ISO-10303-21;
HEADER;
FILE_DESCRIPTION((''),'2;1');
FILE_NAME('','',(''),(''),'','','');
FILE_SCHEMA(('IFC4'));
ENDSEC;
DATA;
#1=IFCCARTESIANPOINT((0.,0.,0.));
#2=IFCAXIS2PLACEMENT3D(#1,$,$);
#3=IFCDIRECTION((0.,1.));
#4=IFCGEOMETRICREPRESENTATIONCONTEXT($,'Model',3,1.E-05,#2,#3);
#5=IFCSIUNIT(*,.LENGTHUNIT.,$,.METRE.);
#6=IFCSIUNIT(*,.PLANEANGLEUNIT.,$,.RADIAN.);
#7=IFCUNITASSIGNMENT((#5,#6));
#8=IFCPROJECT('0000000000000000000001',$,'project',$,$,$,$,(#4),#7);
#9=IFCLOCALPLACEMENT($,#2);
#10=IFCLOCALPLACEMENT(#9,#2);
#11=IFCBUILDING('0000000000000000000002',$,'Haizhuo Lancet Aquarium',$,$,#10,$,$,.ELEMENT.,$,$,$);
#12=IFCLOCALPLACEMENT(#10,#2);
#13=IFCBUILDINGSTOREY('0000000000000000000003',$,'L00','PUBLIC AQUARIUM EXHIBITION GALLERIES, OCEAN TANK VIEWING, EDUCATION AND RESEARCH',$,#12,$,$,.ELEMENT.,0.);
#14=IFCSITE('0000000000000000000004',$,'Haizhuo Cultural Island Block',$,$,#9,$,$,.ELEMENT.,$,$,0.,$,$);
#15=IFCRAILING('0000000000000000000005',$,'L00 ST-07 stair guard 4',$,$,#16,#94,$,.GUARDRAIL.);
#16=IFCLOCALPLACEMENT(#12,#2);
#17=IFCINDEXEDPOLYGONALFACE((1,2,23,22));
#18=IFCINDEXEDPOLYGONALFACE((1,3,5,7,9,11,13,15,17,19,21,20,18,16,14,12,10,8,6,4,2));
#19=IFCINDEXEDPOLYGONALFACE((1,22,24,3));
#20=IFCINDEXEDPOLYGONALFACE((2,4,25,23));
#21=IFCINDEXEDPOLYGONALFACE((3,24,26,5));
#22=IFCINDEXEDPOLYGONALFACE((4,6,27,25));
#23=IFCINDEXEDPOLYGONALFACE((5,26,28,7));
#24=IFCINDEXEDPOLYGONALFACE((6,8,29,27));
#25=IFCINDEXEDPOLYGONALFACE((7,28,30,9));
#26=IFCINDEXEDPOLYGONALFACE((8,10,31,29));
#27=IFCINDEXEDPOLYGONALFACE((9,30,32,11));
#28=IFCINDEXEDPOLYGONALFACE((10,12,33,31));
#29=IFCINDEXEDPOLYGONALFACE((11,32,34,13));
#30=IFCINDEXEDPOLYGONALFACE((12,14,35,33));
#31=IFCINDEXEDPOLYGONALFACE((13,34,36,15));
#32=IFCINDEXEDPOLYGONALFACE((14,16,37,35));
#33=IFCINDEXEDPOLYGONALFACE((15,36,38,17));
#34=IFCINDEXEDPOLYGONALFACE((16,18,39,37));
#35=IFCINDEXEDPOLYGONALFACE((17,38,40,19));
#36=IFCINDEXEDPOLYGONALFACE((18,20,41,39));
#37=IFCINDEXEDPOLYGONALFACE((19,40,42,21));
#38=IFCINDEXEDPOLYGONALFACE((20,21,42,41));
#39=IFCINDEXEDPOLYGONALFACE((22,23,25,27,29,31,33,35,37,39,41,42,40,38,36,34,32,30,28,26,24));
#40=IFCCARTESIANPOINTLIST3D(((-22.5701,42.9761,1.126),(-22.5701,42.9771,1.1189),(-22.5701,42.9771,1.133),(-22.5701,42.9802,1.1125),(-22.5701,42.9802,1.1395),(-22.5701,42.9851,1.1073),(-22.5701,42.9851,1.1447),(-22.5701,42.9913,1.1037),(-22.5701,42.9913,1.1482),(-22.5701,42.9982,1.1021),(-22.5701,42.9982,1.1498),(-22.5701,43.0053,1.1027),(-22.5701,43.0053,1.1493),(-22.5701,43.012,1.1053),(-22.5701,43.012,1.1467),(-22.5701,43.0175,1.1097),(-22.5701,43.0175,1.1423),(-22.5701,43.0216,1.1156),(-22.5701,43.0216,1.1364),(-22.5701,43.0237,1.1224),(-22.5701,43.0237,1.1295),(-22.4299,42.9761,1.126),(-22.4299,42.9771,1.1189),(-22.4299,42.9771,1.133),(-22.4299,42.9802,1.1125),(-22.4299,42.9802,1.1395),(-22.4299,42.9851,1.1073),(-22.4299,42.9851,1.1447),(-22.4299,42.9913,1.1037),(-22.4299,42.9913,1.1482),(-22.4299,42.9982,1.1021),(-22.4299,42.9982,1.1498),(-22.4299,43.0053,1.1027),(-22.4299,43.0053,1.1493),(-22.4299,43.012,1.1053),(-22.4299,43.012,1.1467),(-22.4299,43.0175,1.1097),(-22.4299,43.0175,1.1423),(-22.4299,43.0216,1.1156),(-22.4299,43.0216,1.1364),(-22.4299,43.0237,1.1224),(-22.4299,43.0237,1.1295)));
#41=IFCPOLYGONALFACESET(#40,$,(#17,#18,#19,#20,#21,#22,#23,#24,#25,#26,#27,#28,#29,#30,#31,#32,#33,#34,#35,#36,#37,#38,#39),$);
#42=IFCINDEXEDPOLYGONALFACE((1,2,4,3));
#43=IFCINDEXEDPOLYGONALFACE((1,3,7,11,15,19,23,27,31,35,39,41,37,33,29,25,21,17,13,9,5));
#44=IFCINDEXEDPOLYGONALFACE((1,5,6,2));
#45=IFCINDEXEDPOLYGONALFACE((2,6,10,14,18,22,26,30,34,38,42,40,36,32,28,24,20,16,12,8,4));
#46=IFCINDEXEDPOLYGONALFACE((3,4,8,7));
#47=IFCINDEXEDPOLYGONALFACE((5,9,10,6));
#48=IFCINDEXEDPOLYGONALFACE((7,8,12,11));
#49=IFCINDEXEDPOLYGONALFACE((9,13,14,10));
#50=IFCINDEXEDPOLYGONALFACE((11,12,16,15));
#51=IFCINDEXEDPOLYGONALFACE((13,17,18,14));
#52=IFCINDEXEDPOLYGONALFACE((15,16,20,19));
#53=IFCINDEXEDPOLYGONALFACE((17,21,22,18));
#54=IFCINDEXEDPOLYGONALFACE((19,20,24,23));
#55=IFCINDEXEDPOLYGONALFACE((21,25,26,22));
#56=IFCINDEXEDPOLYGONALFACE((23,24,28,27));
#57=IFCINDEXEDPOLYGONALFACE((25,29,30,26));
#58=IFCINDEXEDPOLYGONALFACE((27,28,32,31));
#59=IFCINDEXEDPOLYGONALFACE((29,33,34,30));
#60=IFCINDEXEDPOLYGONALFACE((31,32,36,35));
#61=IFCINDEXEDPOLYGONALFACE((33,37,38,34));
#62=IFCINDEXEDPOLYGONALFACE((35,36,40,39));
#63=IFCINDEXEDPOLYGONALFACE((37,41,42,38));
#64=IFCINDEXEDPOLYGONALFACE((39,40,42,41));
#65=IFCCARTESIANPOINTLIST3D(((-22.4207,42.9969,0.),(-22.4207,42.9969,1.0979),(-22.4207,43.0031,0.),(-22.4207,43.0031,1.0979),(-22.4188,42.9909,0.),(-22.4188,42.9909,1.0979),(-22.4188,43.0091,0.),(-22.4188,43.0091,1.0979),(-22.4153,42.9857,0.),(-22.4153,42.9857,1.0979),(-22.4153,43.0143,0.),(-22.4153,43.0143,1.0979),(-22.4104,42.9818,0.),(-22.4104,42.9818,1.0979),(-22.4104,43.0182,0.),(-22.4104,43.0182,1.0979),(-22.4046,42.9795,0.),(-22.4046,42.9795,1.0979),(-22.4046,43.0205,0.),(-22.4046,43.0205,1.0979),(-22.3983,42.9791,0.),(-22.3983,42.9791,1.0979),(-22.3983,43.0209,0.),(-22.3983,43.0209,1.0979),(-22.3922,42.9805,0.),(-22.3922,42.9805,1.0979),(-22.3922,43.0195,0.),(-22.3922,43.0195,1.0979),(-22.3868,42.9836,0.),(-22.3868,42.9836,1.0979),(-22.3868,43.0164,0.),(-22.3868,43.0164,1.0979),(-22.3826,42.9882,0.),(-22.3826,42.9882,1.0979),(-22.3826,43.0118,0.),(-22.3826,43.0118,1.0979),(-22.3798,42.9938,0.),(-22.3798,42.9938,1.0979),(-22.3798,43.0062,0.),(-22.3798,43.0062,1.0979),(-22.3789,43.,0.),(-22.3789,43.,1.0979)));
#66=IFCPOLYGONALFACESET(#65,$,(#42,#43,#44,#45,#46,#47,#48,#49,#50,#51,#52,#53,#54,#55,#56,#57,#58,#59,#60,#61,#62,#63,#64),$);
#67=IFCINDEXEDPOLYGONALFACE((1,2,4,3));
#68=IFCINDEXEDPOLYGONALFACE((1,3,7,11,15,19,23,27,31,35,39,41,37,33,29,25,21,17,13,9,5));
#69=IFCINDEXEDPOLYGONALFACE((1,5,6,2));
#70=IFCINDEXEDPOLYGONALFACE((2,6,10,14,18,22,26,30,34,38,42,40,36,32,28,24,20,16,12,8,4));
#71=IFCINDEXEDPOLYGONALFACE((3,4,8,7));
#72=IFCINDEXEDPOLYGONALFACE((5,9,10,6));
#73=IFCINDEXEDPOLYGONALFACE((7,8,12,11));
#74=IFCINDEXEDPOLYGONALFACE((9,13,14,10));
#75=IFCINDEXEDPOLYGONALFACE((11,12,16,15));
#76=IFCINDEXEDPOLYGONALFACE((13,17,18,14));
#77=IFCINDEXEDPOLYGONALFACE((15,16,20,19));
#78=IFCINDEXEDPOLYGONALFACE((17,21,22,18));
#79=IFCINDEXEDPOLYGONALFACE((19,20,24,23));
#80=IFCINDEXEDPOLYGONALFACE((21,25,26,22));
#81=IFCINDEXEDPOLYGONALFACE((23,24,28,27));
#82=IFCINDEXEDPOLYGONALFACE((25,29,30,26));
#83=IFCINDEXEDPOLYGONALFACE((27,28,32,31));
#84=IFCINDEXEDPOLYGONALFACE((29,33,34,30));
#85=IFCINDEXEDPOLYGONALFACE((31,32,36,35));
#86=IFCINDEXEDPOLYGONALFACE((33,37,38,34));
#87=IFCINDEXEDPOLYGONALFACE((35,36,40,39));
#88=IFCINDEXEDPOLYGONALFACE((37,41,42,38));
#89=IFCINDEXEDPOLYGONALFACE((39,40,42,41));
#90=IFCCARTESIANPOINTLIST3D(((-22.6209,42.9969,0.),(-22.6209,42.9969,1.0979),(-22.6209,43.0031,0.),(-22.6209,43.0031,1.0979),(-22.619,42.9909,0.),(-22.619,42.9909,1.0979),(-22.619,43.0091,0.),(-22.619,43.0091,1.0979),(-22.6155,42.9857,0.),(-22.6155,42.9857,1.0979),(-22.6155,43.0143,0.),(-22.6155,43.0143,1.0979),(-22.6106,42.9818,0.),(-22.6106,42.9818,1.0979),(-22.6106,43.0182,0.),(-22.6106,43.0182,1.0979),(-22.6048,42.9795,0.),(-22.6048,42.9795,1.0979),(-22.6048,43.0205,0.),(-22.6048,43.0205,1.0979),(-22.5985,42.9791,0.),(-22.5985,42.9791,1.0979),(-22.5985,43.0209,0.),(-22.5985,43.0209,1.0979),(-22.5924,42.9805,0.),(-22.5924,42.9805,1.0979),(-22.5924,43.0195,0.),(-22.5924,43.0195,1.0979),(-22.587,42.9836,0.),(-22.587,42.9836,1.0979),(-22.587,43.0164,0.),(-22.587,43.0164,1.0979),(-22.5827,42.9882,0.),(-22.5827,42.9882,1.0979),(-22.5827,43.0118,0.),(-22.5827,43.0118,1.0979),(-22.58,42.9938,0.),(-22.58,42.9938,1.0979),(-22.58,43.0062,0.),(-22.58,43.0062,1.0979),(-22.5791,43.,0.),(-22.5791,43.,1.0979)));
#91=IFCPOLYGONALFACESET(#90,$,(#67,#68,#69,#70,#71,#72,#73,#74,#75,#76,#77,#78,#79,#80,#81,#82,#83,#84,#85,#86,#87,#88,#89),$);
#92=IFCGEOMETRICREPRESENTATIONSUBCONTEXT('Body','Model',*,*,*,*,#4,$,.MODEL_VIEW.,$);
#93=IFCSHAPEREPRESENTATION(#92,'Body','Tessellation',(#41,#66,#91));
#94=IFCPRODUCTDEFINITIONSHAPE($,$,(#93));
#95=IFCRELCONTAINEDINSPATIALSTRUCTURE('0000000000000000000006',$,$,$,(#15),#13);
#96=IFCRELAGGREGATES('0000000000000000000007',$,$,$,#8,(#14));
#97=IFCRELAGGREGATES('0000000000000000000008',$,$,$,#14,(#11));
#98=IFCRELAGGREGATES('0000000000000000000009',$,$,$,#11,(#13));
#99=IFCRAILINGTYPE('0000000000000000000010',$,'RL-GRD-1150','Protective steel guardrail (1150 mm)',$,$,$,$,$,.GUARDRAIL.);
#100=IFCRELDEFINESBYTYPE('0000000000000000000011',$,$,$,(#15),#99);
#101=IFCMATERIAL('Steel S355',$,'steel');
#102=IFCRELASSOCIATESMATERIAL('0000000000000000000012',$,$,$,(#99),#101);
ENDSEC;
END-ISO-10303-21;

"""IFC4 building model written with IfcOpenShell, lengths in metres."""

from ifc_helpers import new_model, si_unit, direction, frame, origin, origin_2d, place, context, subcontext, project, spatial, circle, extrude, material, type_object, element, save


model = new_model("IFC4")

# Units and contexts
model_context = context("Model", 3, precision=1e-05, world=origin(), true_north=direction((0.0, 1.0)))
body_context = subcontext(model_context, "Body", "Model", "MODEL_VIEW")
ifc_project = project(units=[si_unit("LENGTHUNIT", "METRE"), si_unit("PLANEANGLEUNIT", "RADIAN")], contexts=[model_context])

# Site, building, storey
site_placement = place(None, origin())
site = spatial("IfcSite", under=ifc_project, at=site_placement, Name="Haizhuo Cultural Island Block", CompositionType="ELEMENT", RefElevation=0.0)
building_placement = place(site_placement, origin())
building = spatial("IfcBuilding", under=site, at=building_placement, Name="Haizhuo Lancet Aquarium", CompositionType="ELEMENT")
storey_placement = place(building_placement, origin())
storey = spatial("IfcBuildingStorey", under=building, at=storey_placement, Name="L00", Description="PUBLIC AQUARIUM EXHIBITION GALLERIES, OCEAN TANK VIEWING, EDUCATION AND RESEARCH", CompositionType="ELEMENT", Elevation=0.0)

# Shared definitions
ifc_material_1 = material(Name="Steel S355", Category="steel")

# Railing
railing_type_1 = type_object("IfcRailingType", Name="RL-GRD-1150", Description="Protective steel guardrail (1150 mm)", PredefinedType="GUARDRAIL", material=ifc_material_1)
railing_1_placement = place(storey_placement, frame((-22.3999, 43.0, 0.0)))
element("IfcRailing", 1, at=railing_1_placement, inside=storey, type_object=railing_type_1, Name="L00 ST-07 stair guard 4", PredefinedType="GUARDRAIL", context=body_context, shape_type="SweptSolid", body=[
    extrude(circle(Radius=0.0239, at=origin_2d()), frame((-0.03, 0.0, 1.126), z_axis=(-1.0, 0.0, 0.0), x_axis=(0.0, -1.0, 0.0)), (0.0, 0.0, 1.0), 0.1401),
    extrude(circle(Radius=0.021, at=origin_2d()), origin(), (0.0, 0.0, 1.0), 1.0979),
    extrude(circle(Radius=0.021, at=origin_2d()), frame((-0.2002, 0.0, 0.0)), (0.0, 0.0, 1.0), 1.0979),
])

save(model, "model.ifc")
